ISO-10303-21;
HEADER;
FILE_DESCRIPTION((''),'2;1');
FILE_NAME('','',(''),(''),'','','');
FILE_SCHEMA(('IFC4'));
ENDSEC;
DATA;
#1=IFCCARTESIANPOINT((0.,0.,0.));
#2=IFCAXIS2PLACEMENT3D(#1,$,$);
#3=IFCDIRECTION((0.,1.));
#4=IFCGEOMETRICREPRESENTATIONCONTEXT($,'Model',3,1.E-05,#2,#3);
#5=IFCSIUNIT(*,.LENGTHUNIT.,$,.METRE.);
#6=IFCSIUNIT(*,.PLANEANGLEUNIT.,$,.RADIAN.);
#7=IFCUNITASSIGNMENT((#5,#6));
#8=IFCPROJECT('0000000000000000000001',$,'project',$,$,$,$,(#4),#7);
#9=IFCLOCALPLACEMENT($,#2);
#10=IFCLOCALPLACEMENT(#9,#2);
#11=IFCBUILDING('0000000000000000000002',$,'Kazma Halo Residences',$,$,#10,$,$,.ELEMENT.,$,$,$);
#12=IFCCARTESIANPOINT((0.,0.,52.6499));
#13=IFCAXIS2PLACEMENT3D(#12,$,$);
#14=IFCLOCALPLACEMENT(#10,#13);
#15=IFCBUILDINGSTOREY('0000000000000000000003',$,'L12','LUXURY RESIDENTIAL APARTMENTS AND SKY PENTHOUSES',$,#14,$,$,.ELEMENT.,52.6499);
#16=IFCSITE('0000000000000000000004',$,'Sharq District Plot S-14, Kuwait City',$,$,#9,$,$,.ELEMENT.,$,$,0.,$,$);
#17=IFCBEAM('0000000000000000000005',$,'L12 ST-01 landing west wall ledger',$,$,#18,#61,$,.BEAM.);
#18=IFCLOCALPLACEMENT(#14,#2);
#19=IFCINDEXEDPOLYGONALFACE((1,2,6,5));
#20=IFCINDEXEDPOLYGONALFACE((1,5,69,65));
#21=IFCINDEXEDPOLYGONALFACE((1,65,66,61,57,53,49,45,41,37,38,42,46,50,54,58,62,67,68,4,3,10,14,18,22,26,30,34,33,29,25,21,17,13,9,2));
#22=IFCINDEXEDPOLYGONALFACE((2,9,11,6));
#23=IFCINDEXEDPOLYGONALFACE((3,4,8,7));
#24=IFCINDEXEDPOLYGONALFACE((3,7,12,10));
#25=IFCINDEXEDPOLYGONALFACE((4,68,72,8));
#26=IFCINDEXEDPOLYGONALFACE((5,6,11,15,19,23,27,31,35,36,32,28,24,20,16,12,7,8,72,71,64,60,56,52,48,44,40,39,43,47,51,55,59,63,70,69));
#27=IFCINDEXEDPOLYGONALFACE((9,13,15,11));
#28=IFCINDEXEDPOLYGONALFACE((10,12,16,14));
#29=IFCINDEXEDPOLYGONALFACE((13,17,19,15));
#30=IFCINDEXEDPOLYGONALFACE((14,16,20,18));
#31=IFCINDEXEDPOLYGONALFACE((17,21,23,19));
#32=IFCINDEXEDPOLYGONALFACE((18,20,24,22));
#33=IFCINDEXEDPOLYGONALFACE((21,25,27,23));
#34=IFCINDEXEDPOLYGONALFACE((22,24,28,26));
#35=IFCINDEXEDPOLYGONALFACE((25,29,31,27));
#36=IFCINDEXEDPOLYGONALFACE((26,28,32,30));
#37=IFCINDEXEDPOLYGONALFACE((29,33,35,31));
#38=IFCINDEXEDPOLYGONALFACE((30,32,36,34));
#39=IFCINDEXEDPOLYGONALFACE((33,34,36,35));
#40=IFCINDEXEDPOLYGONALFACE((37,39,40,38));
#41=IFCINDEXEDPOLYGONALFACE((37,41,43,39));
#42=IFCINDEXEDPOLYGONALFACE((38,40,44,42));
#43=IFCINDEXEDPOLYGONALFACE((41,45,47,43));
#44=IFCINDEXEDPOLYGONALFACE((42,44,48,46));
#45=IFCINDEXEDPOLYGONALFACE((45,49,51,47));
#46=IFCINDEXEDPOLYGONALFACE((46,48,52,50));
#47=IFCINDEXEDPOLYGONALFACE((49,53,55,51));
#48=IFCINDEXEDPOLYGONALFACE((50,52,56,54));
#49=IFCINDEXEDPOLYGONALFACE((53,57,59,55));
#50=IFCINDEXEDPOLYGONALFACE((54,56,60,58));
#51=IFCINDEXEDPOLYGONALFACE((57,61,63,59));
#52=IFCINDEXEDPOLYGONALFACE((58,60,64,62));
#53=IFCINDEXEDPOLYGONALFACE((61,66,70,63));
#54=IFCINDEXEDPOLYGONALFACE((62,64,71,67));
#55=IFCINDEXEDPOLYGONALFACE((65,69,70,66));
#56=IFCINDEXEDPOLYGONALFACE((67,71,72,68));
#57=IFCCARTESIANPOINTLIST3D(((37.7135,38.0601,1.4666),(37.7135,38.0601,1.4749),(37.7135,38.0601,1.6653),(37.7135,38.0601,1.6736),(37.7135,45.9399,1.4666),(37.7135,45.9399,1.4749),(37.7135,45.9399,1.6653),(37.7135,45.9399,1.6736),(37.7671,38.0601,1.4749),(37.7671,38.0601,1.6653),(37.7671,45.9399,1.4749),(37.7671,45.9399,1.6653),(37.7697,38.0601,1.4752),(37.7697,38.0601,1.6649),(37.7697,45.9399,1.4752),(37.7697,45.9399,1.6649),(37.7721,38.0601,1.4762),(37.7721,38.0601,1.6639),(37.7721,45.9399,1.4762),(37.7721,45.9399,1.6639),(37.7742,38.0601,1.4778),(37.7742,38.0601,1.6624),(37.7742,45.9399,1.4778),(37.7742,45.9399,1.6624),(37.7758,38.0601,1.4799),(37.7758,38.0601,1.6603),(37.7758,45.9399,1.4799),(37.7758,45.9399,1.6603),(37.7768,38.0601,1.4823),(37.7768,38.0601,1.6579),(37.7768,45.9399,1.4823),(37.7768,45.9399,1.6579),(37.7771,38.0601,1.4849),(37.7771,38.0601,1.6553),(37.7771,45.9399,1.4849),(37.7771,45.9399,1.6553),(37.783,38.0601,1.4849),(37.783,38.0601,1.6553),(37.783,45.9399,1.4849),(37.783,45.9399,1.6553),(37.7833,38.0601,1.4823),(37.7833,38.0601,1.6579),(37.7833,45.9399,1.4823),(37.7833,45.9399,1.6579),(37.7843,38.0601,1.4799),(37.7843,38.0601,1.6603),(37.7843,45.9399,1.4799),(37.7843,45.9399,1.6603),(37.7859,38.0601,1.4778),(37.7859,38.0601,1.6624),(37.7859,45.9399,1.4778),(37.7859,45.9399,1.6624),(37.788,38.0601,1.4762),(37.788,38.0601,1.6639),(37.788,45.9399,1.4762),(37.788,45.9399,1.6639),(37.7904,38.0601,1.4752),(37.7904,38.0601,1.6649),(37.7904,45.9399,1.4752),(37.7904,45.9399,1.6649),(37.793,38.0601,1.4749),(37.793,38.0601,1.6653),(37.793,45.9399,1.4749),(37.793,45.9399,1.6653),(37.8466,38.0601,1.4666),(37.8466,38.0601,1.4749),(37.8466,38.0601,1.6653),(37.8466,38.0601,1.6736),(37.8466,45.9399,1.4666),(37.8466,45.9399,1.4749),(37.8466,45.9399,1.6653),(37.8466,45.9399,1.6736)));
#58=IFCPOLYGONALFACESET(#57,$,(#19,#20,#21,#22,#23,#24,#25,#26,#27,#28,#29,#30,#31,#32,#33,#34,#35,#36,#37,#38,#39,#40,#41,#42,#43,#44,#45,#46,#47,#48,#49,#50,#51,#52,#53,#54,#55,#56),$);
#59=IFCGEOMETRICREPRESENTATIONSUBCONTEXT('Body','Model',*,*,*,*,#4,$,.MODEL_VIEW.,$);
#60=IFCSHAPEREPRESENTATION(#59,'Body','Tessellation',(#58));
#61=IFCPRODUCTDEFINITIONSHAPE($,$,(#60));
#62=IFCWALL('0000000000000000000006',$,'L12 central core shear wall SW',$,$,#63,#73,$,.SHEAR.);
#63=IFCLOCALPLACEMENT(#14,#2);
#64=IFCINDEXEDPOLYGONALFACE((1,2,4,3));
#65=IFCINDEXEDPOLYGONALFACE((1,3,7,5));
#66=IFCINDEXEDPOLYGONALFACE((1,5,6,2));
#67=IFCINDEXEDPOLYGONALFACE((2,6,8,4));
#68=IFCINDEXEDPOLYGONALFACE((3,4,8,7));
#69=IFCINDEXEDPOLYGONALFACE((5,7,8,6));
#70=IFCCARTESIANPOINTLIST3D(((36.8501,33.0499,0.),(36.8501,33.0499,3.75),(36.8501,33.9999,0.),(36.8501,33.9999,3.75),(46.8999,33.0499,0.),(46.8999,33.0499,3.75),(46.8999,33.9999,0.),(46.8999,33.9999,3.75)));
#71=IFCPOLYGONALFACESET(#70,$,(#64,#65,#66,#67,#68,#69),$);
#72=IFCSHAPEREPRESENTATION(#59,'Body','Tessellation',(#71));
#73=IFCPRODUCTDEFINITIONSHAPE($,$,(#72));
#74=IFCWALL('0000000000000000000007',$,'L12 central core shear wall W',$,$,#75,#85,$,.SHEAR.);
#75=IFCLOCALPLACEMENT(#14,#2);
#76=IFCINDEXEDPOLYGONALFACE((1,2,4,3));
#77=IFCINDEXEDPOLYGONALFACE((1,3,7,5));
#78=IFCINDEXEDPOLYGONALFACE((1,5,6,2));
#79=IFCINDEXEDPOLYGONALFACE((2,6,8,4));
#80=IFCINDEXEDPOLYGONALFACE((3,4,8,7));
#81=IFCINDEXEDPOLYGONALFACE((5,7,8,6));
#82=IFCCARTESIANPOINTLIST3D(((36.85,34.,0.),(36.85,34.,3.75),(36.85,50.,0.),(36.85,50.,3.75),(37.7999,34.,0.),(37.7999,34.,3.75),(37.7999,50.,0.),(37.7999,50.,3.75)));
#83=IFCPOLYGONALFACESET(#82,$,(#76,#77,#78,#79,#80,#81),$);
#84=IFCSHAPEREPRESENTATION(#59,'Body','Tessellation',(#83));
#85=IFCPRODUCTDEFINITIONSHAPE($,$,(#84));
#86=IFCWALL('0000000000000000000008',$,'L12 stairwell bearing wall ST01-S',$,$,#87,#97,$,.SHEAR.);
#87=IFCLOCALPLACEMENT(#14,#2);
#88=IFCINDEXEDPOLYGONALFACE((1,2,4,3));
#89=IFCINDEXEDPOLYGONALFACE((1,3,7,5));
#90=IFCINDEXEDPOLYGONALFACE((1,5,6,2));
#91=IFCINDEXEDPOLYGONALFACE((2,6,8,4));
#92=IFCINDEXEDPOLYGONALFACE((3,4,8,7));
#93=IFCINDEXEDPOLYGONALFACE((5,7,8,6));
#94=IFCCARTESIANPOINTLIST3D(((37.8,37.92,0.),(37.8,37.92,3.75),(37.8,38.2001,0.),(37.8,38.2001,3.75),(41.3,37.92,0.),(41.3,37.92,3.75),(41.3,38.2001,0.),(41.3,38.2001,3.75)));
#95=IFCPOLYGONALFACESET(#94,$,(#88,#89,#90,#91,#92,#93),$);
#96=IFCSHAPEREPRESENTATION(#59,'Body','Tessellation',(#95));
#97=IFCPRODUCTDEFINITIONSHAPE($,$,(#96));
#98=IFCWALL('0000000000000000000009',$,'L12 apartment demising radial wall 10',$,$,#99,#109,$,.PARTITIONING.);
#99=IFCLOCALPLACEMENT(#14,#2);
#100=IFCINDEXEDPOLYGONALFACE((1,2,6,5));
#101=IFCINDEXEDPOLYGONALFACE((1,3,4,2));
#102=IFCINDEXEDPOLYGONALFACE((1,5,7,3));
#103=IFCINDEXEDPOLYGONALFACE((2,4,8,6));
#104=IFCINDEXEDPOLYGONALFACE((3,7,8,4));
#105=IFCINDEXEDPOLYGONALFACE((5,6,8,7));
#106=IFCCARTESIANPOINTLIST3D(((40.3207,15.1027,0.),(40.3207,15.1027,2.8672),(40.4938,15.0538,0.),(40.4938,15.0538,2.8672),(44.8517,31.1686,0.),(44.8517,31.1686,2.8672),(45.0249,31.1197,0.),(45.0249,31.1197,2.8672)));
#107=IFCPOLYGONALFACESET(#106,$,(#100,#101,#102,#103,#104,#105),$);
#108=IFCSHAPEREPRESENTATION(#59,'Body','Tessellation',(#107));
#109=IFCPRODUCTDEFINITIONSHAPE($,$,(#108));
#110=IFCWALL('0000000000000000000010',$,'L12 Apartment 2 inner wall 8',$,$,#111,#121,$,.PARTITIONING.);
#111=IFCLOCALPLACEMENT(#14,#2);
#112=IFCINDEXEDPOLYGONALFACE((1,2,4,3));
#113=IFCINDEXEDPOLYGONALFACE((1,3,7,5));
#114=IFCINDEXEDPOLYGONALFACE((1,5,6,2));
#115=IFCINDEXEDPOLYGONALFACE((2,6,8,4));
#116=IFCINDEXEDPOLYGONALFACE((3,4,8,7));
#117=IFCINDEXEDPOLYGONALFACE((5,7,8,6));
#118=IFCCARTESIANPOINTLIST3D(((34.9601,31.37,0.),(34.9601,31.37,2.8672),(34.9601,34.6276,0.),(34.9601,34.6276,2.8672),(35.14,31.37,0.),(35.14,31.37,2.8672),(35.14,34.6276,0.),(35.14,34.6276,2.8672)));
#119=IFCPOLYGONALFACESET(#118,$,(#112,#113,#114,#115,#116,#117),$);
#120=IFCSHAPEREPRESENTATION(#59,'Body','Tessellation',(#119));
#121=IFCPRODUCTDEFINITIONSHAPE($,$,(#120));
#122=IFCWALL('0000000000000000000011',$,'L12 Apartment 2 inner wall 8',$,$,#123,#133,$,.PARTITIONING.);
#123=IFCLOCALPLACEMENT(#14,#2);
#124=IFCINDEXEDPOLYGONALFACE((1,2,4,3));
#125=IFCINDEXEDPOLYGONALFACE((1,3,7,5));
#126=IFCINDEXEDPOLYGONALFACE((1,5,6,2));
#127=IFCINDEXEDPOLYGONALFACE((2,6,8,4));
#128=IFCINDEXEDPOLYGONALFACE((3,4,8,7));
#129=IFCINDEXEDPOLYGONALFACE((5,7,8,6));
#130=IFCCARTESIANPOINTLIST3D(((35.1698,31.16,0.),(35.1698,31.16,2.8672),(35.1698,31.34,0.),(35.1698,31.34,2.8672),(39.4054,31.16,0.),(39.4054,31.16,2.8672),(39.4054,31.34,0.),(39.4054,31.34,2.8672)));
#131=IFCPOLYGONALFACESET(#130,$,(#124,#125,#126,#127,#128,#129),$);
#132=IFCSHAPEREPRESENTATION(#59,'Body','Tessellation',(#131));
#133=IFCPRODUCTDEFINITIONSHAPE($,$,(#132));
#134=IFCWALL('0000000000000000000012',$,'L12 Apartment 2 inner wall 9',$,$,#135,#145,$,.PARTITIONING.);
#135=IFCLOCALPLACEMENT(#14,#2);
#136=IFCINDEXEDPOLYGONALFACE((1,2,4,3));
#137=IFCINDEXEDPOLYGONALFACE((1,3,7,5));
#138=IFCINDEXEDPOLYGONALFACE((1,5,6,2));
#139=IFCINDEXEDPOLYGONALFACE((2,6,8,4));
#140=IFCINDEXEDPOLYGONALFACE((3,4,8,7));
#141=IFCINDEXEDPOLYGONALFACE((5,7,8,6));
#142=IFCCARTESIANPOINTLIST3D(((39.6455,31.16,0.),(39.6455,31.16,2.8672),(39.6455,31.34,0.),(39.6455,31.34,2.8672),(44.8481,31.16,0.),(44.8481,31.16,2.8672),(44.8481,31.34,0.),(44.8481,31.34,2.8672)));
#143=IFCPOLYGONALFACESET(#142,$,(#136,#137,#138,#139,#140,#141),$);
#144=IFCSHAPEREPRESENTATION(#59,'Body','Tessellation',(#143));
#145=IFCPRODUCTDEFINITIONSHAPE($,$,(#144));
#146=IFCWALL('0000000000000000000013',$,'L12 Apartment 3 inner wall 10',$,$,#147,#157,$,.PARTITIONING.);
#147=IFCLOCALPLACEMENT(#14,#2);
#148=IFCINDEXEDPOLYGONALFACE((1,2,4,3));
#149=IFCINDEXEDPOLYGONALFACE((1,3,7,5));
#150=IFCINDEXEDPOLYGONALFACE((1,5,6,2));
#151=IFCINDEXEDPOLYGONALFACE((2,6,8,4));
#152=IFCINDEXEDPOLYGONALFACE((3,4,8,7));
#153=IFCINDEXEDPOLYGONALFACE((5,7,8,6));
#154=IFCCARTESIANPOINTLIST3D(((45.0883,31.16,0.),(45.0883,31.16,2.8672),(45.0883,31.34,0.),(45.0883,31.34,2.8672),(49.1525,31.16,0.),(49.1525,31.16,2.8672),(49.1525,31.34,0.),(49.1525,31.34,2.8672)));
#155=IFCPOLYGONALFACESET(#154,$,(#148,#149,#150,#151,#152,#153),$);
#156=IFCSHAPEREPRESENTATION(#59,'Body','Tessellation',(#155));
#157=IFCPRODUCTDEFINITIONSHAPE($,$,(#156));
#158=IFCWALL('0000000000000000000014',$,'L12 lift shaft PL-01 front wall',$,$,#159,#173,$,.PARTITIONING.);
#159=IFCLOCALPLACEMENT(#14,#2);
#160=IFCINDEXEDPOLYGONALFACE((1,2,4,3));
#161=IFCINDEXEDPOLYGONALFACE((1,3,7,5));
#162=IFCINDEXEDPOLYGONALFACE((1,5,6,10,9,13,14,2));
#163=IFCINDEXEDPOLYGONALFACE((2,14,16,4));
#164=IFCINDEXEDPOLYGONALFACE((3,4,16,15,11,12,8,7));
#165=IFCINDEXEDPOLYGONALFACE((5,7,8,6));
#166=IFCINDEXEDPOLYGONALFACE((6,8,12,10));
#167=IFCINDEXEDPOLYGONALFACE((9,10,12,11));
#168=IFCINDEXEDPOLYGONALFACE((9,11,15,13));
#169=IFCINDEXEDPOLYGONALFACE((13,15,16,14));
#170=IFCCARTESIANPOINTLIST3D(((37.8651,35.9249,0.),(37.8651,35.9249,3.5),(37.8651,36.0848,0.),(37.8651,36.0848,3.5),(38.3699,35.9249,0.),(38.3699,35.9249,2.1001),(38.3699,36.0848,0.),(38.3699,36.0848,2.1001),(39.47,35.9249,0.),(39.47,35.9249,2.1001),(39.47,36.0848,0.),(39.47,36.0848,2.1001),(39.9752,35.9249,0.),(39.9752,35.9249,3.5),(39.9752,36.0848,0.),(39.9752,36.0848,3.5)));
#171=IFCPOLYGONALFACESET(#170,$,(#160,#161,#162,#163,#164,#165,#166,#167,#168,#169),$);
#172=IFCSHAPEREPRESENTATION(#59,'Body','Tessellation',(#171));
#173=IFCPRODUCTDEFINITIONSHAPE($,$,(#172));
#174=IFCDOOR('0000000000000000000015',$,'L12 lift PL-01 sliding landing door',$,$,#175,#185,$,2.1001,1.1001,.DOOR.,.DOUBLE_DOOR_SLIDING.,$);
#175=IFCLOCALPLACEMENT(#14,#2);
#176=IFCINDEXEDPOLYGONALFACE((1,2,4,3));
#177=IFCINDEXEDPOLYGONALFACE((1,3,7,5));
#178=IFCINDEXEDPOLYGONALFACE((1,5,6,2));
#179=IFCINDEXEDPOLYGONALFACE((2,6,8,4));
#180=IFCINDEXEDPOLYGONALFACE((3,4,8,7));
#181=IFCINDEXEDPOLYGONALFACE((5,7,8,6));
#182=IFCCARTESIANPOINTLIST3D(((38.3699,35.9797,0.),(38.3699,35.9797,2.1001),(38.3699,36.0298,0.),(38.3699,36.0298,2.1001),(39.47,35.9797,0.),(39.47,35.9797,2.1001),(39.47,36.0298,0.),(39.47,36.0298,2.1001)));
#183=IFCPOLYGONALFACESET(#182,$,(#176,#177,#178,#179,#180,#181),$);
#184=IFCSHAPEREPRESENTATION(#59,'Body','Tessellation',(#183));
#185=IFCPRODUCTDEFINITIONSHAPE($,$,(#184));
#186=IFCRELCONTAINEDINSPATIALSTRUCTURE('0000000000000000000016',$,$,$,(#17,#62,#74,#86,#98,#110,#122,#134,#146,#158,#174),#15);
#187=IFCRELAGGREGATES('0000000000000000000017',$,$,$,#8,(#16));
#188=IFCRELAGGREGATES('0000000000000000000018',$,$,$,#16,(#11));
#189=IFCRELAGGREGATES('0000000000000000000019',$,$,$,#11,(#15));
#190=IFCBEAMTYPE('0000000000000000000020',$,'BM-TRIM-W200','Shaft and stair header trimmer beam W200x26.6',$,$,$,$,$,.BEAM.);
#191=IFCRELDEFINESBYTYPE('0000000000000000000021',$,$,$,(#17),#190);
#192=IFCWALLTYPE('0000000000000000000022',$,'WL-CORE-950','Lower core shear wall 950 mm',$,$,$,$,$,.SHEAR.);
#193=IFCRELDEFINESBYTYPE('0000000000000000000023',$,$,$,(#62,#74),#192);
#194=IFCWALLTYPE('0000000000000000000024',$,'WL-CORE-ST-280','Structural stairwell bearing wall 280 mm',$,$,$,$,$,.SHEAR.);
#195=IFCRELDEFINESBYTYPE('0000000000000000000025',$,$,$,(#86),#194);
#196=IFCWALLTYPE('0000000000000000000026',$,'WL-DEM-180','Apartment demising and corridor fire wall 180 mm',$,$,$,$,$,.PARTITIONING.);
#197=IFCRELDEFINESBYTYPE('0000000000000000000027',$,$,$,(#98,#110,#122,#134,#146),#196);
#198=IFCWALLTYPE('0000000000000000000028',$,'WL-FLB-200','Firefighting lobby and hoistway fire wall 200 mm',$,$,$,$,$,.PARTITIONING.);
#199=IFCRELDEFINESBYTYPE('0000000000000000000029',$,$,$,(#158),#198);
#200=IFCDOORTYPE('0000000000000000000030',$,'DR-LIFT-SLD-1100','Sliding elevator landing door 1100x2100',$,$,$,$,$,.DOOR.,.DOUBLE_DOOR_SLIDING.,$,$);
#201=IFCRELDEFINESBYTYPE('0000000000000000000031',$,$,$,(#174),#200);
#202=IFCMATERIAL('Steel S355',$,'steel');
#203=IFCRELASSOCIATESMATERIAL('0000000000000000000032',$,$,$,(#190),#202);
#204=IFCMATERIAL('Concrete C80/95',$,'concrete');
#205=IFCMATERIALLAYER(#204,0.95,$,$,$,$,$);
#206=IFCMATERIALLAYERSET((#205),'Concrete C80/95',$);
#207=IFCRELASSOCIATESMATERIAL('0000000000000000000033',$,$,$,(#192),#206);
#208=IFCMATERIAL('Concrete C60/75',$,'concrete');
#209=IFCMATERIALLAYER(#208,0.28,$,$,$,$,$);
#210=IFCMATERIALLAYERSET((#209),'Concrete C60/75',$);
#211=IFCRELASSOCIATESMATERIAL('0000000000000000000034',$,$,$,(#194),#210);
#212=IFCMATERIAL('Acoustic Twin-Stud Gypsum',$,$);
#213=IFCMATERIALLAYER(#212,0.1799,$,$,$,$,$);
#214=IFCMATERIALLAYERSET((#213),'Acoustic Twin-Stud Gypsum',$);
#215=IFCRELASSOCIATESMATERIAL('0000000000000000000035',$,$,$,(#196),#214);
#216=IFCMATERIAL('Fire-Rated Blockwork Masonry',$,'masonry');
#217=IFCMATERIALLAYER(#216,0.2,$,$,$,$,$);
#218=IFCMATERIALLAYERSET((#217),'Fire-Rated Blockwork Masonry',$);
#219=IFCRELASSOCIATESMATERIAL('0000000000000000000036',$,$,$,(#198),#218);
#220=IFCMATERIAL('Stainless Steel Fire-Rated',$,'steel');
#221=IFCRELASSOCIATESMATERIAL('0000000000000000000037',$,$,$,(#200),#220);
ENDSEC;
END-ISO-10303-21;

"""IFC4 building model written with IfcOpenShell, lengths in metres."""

from ifc_helpers import new_model, si_unit, direction, frame, frame_2d, origin, origin_2d, place, context, subcontext, project, spatial, rectangle, i_section, extrude, material, layer, layer_set, material_profile, profile_set, type_object, element, fill, save


model = new_model("IFC4")

# Units and contexts
model_context = context("Model", 3, precision=1e-05, world=origin(), true_north=direction((0.0, 1.0)))
body_context = subcontext(model_context, "Body", "Model", "MODEL_VIEW")
ifc_project = project(units=[si_unit("LENGTHUNIT", "METRE"), si_unit("PLANEANGLEUNIT", "RADIAN")], contexts=[model_context])

# Site, building, storey
site_placement = place(None, origin())
site = spatial("IfcSite", under=ifc_project, at=site_placement, Name="Sharq District Plot S-14, Kuwait City", CompositionType="ELEMENT", RefElevation=0.0)
building_placement = place(site_placement, origin())
building = spatial("IfcBuilding", under=site, at=building_placement, Name="Kazma Halo Residences", CompositionType="ELEMENT")
storey_placement = place(building_placement, frame((0.0, 0.0, 52.6499)))
storey = spatial("IfcBuildingStorey", under=building, at=storey_placement, Name="L12", Description="LUXURY RESIDENTIAL APARTMENTS AND SKY PENTHOUSES", CompositionType="ELEMENT", Elevation=52.6499)

# Beam
ifc_material_1 = material(Name="Steel S355", Category="steel")
ifc_material_profile_1 = material_profile(ifc_material_1, i_section(OverallWidth=0.1331, OverallDepth=0.207, WebThickness=0.0059, FlangeThickness=0.0083, FilletRadius=0.01, at=origin_2d()), Name="W200x26.6")
ifc_profile_set_1 = profile_set([ifc_material_profile_1], Name="Steel S355")
beam_type_1 = type_object("IfcBeamType", Name="BM-TRIM-W200", Description="Shaft and stair header trimmer beam W200x26.6", PredefinedType="BEAM", material=ifc_profile_set_1)
beam_1_placement = place(storey_placement, frame((37.78, 38.0601, 1.5701), z_axis=(0.0, 1.0, 0.0), x_axis=(-1.0, 0.0, 0.0)))
element("IfcBeam", 1, at=beam_1_placement, inside=storey, type_object=beam_type_1, Name="L12 ST-01 landing west wall ledger", PredefinedType="BEAM", context=body_context, shape_type="SweptSolid", body=[
    extrude(i_section(OverallWidth=0.1331, OverallDepth=0.207, WebThickness=0.0059, FlangeThickness=0.0083, FilletRadius=0.01, at=origin_2d()), origin(), (0.0, 0.0, 1.0), 7.8799),
])

# Walls
ifc_material_2 = material(Name="Concrete C80/95", Category="concrete")
ifc_layer_1 = layer(ifc_material_2, 0.95)
ifc_layer_set_1 = layer_set([ifc_layer_1], Name="Concrete C80/95")
wall_type_1 = type_object("IfcWallType", Name="WL-CORE-950", Description="Lower core shear wall 950 mm", PredefinedType="SHEAR", material=ifc_layer_set_1)
wall_1_placement = place(storey_placement, frame((36.8501, 33.5249, 0.0), z_axis=(0.0, 0.0, 1.0), x_axis=(1.0, 0.0, 0.0)))
element("IfcWall", 2, at=wall_1_placement, inside=storey, type_object=wall_type_1, Name="L12 central core shear wall SW", PredefinedType="SHEAR", context=body_context, shape_type="SweptSolid", body=[
    extrude(rectangle(XDim=10.0498, YDim=0.95, at=frame_2d((5.0249, 0.0))), origin(), (0.0, 0.0, 1.0), 3.75),
])
wall_2_placement = place(storey_placement, frame((37.325, 34.0, 0.0), z_axis=(0.0, 0.0, 1.0), x_axis=(0.0, 1.0, 0.0)))
element("IfcWall", 3, at=wall_2_placement, inside=storey, type_object=wall_type_1, Name="L12 central core shear wall W", PredefinedType="SHEAR", context=body_context, shape_type="SweptSolid", body=[
    extrude(rectangle(XDim=16.0, YDim=0.95, at=frame_2d((8.0, 0.0))), origin(), (0.0, 0.0, 1.0), 3.75),
])
ifc_material_3 = material(Name="Concrete C60/75", Category="concrete")
ifc_layer_2 = layer(ifc_material_3, 0.28)
ifc_layer_set_2 = layer_set([ifc_layer_2], Name="Concrete C60/75")
wall_type_2 = type_object("IfcWallType", Name="WL-CORE-ST-280", Description="Structural stairwell bearing wall 280 mm", PredefinedType="SHEAR", material=ifc_layer_set_2)
wall_3_placement = place(storey_placement, frame((37.8, 38.0601, 0.0), z_axis=(0.0, 0.0, 1.0), x_axis=(1.0, 0.0, 0.0)))
element("IfcWall", 4, at=wall_3_placement, inside=storey, type_object=wall_type_2, Name="L12 stairwell bearing wall ST01-S", PredefinedType="SHEAR", context=body_context, shape_type="SweptSolid", body=[
    extrude(rectangle(XDim=3.5, YDim=0.28, at=frame_2d((1.75, 0.0))), origin(), (0.0, 0.0, 1.0), 3.75),
])
ifc_material_4 = material(Name="Acoustic Twin-Stud Gypsum")
ifc_layer_3 = layer(ifc_material_4, 0.1799)
ifc_layer_set_3 = layer_set([ifc_layer_3], Name="Acoustic Twin-Stud Gypsum")
wall_type_3 = type_object("IfcWallType", Name="WL-DEM-180", Description="Apartment demising and corridor fire wall 180 mm", PredefinedType="PARTITIONING", material=ifc_layer_set_3)
wall_4_placement = place(storey_placement, frame((44.9382, 31.144, 0.0), z_axis=(0.0, 0.0, 1.0), x_axis=(-0.271438, -0.962456, 0.0)))
element("IfcWall", 5, at=wall_4_placement, inside=storey, type_object=wall_type_3, Name="L12 apartment demising radial wall 10", PredefinedType="PARTITIONING", context=body_context, shape_type="SweptSolid", body=[
    extrude(rectangle(XDim=16.6926, YDim=0.1799, at=frame_2d((8.3462, 0.0))), origin(), (0.0, 0.0, 1.0), 2.8672),
])
wall_5_placement = place(storey_placement, frame((35.05, 34.6277, 0.0), z_axis=(0.0, 0.0, 1.0), x_axis=(0.0, -1.0, 0.0)))
element("IfcWall", 6, at=wall_5_placement, inside=storey, type_object=wall_type_3, Name="L12 Apartment 2 inner wall 8", PredefinedType="PARTITIONING", context=body_context, shape_type="SweptSolid", body=[
    extrude(rectangle(XDim=3.2576, YDim=0.1799, at=frame_2d((1.6289, 0.0))), origin(), (0.0, 0.0, 1.0), 2.8672),
])
wall_6_placement = place(storey_placement, frame((35.1699, 31.25, 0.0), z_axis=(0.0, 0.0, 1.0), x_axis=(1.0, 0.0, 0.0)))
element("IfcWall", 7, at=wall_6_placement, inside=storey, type_object=wall_type_3, Name="L12 Apartment 2 inner wall 8", PredefinedType="PARTITIONING", context=body_context, shape_type="SweptSolid", body=[
    extrude(rectangle(XDim=4.2356, YDim=0.1799, at=frame_2d((2.1177, 0.0))), origin(), (0.0, 0.0, 1.0), 2.8672),
])
wall_7_placement = place(storey_placement, frame((39.6455, 31.25, 0.0), z_axis=(0.0, 0.0, 1.0), x_axis=(1.0, 0.0, 0.0)))
element("IfcWall", 8, at=wall_7_placement, inside=storey, type_object=wall_type_3, Name="L12 Apartment 2 inner wall 9", PredefinedType="PARTITIONING", context=body_context, shape_type="SweptSolid", body=[
    extrude(rectangle(XDim=5.2026, YDim=0.1799, at=frame_2d((2.6013, 0.0))), origin(), (0.0, 0.0, 1.0), 2.8672),
])
wall_8_placement = place(storey_placement, frame((45.0881, 31.25, 0.0), z_axis=(0.0, 0.0, 1.0), x_axis=(1.0, 0.0, 0.0)))
element("IfcWall", 9, at=wall_8_placement, inside=storey, type_object=wall_type_3, Name="L12 Apartment 3 inner wall 10", PredefinedType="PARTITIONING", context=body_context, shape_type="SweptSolid", body=[
    extrude(rectangle(XDim=4.0642, YDim=0.1799, at=frame_2d((2.0322, 0.0))), origin(), (0.0, 0.0, 1.0), 2.8672),
])

# Wall, opening, door
ifc_material_5 = material(Name="Fire-Rated Blockwork Masonry", Category="masonry")
ifc_layer_4 = layer(ifc_material_5, 0.2)
ifc_layer_set_4 = layer_set([ifc_layer_4], Name="Fire-Rated Blockwork Masonry")
wall_type_4 = type_object("IfcWallType", Name="WL-FLB-200", Description="Firefighting lobby and hoistway fire wall 200 mm", PredefinedType="PARTITIONING", material=ifc_layer_set_4)
wall_9_placement = place(storey_placement, frame((37.865, 36.0049, 0.0), z_axis=(0.0, 0.0, 1.0), x_axis=(1.0, 0.0, 0.0)))
wall_9 = element("IfcWall", 10, at=wall_9_placement, inside=storey, type_object=wall_type_4, Name="L12 lift shaft PL-01 front wall", PredefinedType="PARTITIONING", context=body_context, shape_type="SweptSolid", body=[
    extrude(rectangle(XDim=2.1101, YDim=0.1599, at=frame_2d((1.0552, 0.0))), origin(), (0.0, 0.0, 1.0), 3.5),
])
opening_1_placement = place(wall_9_placement, frame((0.5049, 0.0, 0.0)))
opening_1 = element("IfcOpeningElement", 11, at=opening_1_placement, cuts=wall_9, PredefinedType="OPENING", context=body_context, shape_type="SweptSolid", body=[
    extrude(rectangle(XDim=1.1001, YDim=2.1001, at=frame_2d((0.55, 1.05))), frame((0.0, 0.0898, 0.0), z_axis=(0.0, -1.0, 0.0), x_axis=(1.0, 0.0, 0.0)), (0.0, 0.0, 1.0), 0.1799),
])
ifc_material_6 = material(Name="Stainless Steel Fire-Rated", Category="steel")
door_type_1 = type_object("IfcDoorType", Name="DR-LIFT-SLD-1100", Description="Sliding elevator landing door 1100x2100", OperationType="DOUBLE_DOOR_SLIDING", PredefinedType="DOOR", material=ifc_material_6)
door_1_placement = place(opening_1_placement, origin())
door_1 = element("IfcDoor", 12, at=door_1_placement, inside=storey, type_object=door_type_1, Name="L12 lift PL-01 sliding landing door", OperationType="DOUBLE_DOOR_SLIDING", OverallHeight=2.1001, OverallWidth=1.1001, PredefinedType="DOOR", context=body_context, shape_type="SweptSolid", body=[
    extrude(rectangle(XDim=1.1001, YDim=2.1001, at=frame_2d((0.55, 1.05))), frame((0.0, 0.0249, 0.0), z_axis=(0.0, -1.0, 0.0), x_axis=(1.0, 0.0, 0.0)), (0.0, 0.0, 1.0), 0.05),
])
fill(opening_1, door_1)

save(model, "model.ifc")
